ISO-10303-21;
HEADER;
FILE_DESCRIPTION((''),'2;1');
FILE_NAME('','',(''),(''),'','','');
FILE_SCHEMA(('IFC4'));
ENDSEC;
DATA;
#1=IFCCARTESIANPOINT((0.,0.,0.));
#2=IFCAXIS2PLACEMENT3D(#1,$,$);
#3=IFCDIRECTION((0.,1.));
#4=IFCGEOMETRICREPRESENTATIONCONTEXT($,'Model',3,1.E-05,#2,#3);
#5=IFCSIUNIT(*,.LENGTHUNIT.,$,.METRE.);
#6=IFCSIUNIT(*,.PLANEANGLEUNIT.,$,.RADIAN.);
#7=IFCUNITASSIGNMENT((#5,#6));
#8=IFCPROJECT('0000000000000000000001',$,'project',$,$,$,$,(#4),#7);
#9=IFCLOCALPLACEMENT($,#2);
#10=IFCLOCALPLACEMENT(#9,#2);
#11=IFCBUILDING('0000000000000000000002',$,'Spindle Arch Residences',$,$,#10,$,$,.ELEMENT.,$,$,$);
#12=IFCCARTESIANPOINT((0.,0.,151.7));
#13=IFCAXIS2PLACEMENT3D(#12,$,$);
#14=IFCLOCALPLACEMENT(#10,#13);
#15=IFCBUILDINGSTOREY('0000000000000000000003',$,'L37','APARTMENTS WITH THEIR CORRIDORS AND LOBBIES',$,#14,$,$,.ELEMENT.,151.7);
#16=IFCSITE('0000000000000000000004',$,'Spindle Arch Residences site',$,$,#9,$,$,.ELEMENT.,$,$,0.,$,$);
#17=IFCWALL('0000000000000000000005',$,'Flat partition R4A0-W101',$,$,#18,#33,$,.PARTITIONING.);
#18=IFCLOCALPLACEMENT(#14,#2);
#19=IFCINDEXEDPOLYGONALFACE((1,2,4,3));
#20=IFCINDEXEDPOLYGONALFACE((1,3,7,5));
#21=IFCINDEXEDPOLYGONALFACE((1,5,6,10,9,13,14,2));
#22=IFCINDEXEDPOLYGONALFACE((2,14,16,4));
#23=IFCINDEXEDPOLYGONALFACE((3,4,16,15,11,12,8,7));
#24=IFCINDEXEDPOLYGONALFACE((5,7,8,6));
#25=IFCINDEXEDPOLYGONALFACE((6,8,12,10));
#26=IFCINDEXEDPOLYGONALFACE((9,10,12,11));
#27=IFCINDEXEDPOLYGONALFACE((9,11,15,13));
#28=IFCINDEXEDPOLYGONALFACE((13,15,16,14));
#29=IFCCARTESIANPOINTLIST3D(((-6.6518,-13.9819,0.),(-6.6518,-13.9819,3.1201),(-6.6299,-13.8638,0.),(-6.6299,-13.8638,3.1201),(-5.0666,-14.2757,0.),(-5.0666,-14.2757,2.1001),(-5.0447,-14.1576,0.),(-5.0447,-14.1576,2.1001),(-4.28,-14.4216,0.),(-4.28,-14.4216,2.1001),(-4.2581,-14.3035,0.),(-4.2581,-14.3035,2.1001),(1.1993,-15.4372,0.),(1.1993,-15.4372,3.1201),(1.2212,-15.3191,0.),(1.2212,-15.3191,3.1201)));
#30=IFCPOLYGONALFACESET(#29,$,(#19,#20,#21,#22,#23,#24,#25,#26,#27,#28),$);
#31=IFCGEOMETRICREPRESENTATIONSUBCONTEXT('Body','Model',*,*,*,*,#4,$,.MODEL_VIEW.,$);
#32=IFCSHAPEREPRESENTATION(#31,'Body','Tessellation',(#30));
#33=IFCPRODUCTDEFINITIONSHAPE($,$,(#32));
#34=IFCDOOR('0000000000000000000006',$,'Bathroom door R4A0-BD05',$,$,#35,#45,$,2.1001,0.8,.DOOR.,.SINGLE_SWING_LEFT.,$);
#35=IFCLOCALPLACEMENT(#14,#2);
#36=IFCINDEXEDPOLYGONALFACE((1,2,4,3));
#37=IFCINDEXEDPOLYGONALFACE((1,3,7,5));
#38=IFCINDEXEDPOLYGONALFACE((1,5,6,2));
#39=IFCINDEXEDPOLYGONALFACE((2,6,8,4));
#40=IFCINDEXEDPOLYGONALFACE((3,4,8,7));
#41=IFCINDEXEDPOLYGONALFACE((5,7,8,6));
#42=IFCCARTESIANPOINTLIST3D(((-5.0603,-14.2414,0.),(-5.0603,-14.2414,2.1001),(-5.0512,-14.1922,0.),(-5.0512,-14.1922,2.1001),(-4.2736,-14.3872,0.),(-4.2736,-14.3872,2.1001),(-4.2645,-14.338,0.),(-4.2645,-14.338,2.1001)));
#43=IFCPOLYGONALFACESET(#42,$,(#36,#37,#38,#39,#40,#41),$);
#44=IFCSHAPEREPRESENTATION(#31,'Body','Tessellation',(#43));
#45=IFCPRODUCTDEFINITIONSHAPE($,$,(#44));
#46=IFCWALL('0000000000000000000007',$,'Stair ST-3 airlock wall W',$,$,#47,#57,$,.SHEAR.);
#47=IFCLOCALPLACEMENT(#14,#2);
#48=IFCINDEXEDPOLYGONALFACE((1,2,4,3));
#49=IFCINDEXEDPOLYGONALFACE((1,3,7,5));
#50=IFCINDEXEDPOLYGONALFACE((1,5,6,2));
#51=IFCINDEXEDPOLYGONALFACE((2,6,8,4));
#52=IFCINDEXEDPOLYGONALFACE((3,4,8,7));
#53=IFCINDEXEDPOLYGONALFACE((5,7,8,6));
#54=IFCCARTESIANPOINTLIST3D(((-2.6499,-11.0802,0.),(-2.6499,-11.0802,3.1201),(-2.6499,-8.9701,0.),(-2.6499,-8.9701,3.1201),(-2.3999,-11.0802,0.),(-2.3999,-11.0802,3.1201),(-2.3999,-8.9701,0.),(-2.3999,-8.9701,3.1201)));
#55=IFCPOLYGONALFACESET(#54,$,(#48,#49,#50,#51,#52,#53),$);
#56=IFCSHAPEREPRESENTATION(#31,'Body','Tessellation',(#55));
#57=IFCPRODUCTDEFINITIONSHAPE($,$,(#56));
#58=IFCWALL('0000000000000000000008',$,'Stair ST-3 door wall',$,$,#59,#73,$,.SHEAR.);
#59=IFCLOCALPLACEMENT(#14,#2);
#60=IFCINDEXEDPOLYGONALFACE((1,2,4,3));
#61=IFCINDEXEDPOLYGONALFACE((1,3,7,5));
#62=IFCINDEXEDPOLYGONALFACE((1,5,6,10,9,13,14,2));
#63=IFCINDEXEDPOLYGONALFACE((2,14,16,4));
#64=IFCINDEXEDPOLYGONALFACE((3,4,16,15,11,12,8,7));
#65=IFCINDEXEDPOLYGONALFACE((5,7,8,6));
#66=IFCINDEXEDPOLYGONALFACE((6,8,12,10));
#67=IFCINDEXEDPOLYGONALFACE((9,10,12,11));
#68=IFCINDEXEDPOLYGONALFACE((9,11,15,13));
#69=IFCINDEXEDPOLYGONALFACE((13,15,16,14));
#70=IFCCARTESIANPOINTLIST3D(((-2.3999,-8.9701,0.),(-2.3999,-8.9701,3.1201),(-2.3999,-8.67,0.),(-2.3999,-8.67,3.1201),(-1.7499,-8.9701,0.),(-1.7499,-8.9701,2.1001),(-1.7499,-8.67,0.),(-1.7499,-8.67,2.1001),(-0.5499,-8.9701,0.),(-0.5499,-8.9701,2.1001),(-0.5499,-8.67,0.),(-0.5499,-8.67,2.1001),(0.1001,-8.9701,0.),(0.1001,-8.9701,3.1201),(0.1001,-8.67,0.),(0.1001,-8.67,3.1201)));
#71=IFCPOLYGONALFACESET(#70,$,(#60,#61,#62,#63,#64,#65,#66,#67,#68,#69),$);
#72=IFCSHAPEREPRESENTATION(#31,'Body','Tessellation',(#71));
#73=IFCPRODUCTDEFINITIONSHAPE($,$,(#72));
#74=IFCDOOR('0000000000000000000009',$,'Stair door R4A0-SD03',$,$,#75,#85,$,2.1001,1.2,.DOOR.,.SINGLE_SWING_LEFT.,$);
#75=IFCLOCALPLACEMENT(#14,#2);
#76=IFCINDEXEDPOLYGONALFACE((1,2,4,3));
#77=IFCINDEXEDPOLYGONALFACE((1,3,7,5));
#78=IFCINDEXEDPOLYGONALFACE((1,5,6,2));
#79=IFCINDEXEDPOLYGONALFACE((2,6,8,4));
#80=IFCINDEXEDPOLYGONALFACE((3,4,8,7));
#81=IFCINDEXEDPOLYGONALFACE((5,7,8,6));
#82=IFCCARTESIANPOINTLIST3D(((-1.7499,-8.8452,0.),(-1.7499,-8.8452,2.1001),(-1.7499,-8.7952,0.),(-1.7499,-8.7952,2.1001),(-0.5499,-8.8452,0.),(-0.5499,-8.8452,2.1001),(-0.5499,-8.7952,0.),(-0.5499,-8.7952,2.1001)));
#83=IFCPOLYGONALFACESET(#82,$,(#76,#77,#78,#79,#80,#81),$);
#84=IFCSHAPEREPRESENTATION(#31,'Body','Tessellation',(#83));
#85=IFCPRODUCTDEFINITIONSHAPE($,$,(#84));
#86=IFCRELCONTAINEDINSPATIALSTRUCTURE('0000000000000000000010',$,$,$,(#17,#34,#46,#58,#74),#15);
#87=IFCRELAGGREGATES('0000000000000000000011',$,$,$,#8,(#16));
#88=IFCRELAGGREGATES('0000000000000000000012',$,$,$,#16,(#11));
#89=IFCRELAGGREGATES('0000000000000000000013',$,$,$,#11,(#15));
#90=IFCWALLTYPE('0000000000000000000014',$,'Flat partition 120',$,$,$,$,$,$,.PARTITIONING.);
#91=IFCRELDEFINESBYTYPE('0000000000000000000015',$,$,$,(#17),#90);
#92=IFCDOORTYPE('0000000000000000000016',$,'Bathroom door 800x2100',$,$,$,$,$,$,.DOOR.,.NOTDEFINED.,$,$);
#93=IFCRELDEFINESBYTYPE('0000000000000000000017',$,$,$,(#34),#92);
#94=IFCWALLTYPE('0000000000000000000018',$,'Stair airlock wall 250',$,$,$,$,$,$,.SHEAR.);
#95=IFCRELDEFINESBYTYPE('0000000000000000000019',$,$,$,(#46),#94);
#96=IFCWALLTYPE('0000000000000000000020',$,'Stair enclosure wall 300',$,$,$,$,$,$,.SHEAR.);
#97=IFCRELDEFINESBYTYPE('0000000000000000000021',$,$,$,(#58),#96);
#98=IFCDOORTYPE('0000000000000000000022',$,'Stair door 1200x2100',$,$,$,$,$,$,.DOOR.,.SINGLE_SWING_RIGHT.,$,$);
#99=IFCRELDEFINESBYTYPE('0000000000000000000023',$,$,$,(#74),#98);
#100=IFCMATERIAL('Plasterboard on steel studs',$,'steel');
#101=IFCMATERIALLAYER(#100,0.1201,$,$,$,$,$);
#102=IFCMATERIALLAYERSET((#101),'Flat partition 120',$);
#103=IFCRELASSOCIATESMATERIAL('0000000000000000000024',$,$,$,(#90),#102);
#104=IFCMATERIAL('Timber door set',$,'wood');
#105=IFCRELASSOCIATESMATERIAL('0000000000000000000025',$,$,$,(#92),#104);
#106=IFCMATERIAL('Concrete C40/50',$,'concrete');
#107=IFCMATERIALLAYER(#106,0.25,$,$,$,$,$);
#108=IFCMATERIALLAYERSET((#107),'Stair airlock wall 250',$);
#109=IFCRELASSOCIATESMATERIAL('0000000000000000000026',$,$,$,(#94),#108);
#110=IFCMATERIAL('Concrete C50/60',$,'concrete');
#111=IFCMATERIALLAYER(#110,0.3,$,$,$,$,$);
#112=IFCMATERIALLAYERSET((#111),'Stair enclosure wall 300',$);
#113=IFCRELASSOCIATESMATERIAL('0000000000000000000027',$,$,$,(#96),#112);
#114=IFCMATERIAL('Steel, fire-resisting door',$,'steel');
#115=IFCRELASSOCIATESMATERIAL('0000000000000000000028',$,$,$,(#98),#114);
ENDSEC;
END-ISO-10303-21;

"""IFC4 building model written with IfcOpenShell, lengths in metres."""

from ifc_helpers import new_model, si_unit, direction, frame, frame_2d, origin, place, context, subcontext, project, spatial, rectangle, extrude, material, layer, layer_set, type_object, element, fill, save


model = new_model("IFC4")

# Units and contexts
model_context = context("Model", 3, precision=1e-05, world=origin(), true_north=direction((0.0, 1.0)))
body_context = subcontext(model_context, "Body", "Model", "MODEL_VIEW")
ifc_project = project(units=[si_unit("LENGTHUNIT", "METRE"), si_unit("PLANEANGLEUNIT", "RADIAN")], contexts=[model_context])

# Site, building, storey
site_placement = place(None, origin())
site = spatial("IfcSite", under=ifc_project, at=site_placement, Name="Spindle Arch Residences site", CompositionType="ELEMENT", RefElevation=0.0)
building_placement = place(site_placement, origin())
building = spatial("IfcBuilding", under=site, at=building_placement, Name="Spindle Arch Residences", CompositionType="ELEMENT")
storey_placement = place(building_placement, frame((0.0, 0.0, 151.7)))
storey = spatial("IfcBuildingStorey", under=building, at=storey_placement, Name="L37", Description="APARTMENTS WITH THEIR CORRIDORS AND LOBBIES", CompositionType="ELEMENT", Elevation=151.7)

# Shared definitions
ifc_material_1 = material(Name="Plasterboard on steel studs", Category="steel")
ifc_layer_1 = layer(ifc_material_1, 0.1201)
ifc_layer_set_1 = layer_set([ifc_layer_1], Name="Flat partition 120")
wall_type_1 = type_object("IfcWallType", Name="Flat partition 120", PredefinedType="PARTITIONING", material=ifc_layer_set_1)
ifc_material_2 = material(Name="Timber door set", Category="wood")
door_type_1 = type_object("IfcDoorType", Name="Bathroom door 800x2100", OperationType="NOTDEFINED", PredefinedType="DOOR", material=ifc_material_2)

# Wall, opening, door
wall_1_placement = place(storey_placement, frame((-6.6409, -13.9229, 0.0), z_axis=(0.0, 0.0, 1.0), x_axis=(0.98325, -0.182261, 0.0)))
wall_1 = element("IfcWall", 1, at=wall_1_placement, inside=storey, type_object=wall_type_1, Name="Flat partition R4A0-W101", PredefinedType="PARTITIONING", context=body_context, shape_type="SweptSolid", body=[
    extrude(rectangle(XDim=7.9849, YDim=0.1201, at=frame_2d((3.9924, 0.0))), origin(), (0.0, 0.0, 1.0), 3.1201),
])
opening_1_placement = place(wall_1_placement, frame((1.6123, 0.0, 0.0)))
opening_1 = element("IfcOpeningElement", 2, at=opening_1_placement, cuts=wall_1, PredefinedType="OPENING", context=body_context, shape_type="SweptSolid", body=[
    extrude(rectangle(XDim=0.8, YDim=2.1001, at=frame_2d((0.3999, 1.05))), frame((0.0, 0.0701, 0.0), z_axis=(0.0, -1.0, 0.0), x_axis=(1.0, 0.0, 0.0)), (0.0, 0.0, 1.0), 0.1401),
])
door_1_placement = place(opening_1_placement, origin())
door_1 = element("IfcDoor", 3, at=door_1_placement, inside=storey, type_object=door_type_1, Name="Bathroom door R4A0-BD05", OperationType="SINGLE_SWING_LEFT", OverallHeight=2.1001, OverallWidth=0.8, PredefinedType="DOOR", context=body_context, shape_type="SweptSolid", body=[
    extrude(rectangle(XDim=0.8, YDim=2.1001, at=frame_2d((0.3999, 1.05))), frame((0.0, 0.0249, 0.0), z_axis=(0.0, -1.0, 0.0), x_axis=(1.0, 0.0, 0.0)), (0.0, 0.0, 1.0), 0.05),
])
fill(opening_1, door_1)

# Wall
ifc_material_3 = material(Name="Concrete C40/50", Category="concrete")
ifc_layer_2 = layer(ifc_material_3, 0.25)
ifc_layer_set_2 = layer_set([ifc_layer_2], Name="Stair airlock wall 250")
wall_type_2 = type_object("IfcWallType", Name="Stair airlock wall 250", PredefinedType="SHEAR", material=ifc_layer_set_2)
wall_2_placement = place(storey_placement, frame((-2.5249, -8.97, 0.0), z_axis=(0.0, 0.0, 1.0), x_axis=(0.0, -1.0, 0.0)))
element("IfcWall", 4, at=wall_2_placement, inside=storey, type_object=wall_type_2, Name="Stair ST-3 airlock wall W", PredefinedType="SHEAR", context=body_context, shape_type="SweptSolid", body=[
    extrude(rectangle(XDim=2.1101, YDim=0.25, at=frame_2d((1.0552, 0.0))), origin(), (0.0, 0.0, 1.0), 3.1201),
])

# Wall, opening, door
ifc_material_4 = material(Name="Concrete C50/60", Category="concrete")
ifc_layer_3 = layer(ifc_material_4, 0.3)
ifc_layer_set_3 = layer_set([ifc_layer_3], Name="Stair enclosure wall 300")
wall_type_3 = type_object("IfcWallType", Name="Stair enclosure wall 300", PredefinedType="SHEAR", material=ifc_layer_set_3)
wall_3_placement = place(storey_placement, frame((-2.3999, -8.8201, 0.0), z_axis=(0.0, 0.0, 1.0), x_axis=(1.0, 0.0, 0.0)))
wall_3 = element("IfcWall", 5, at=wall_3_placement, inside=storey, type_object=wall_type_3, Name="Stair ST-3 door wall", PredefinedType="SHEAR", context=body_context, shape_type="SweptSolid", body=[
    extrude(rectangle(XDim=2.5, YDim=0.3, at=frame_2d((1.25, 0.0))), origin(), (0.0, 0.0, 1.0), 3.1201),
])
opening_2_placement = place(wall_3_placement, frame((0.6499, 0.0, 0.0)))
opening_2 = element("IfcOpeningElement", 6, at=opening_2_placement, cuts=wall_3, PredefinedType="OPENING", context=body_context, shape_type="SweptSolid", body=[
    extrude(rectangle(XDim=1.2, YDim=2.1001, at=frame_2d((0.6001, 1.05))), frame((0.0, 0.1602, 0.0), z_axis=(0.0, -1.0, 0.0), x_axis=(1.0, 0.0, 0.0)), (0.0, 0.0, 1.0), 0.3201),
])
ifc_material_5 = material(Name="Steel, fire-resisting door", Category="steel")
door_type_2 = type_object("IfcDoorType", Name="Stair door 1200x2100", OperationType="SINGLE_SWING_RIGHT", PredefinedType="DOOR", material=ifc_material_5)
door_2_placement = place(opening_2_placement, origin())
door_2 = element("IfcDoor", 7, at=door_2_placement, inside=storey, type_object=door_type_2, Name="Stair door R4A0-SD03", OperationType="SINGLE_SWING_LEFT", OverallHeight=2.1001, OverallWidth=1.2, PredefinedType="DOOR", context=body_context, shape_type="SweptSolid", body=[
    extrude(rectangle(XDim=1.2, YDim=2.1001, at=frame_2d((0.6001, 1.05))), frame((0.0, 0.0249, 0.0), z_axis=(0.0, -1.0, 0.0), x_axis=(1.0, 0.0, 0.0)), (0.0, 0.0, 1.0), 0.05),
])
fill(opening_2, door_2)

save(model, "model.ifc")
